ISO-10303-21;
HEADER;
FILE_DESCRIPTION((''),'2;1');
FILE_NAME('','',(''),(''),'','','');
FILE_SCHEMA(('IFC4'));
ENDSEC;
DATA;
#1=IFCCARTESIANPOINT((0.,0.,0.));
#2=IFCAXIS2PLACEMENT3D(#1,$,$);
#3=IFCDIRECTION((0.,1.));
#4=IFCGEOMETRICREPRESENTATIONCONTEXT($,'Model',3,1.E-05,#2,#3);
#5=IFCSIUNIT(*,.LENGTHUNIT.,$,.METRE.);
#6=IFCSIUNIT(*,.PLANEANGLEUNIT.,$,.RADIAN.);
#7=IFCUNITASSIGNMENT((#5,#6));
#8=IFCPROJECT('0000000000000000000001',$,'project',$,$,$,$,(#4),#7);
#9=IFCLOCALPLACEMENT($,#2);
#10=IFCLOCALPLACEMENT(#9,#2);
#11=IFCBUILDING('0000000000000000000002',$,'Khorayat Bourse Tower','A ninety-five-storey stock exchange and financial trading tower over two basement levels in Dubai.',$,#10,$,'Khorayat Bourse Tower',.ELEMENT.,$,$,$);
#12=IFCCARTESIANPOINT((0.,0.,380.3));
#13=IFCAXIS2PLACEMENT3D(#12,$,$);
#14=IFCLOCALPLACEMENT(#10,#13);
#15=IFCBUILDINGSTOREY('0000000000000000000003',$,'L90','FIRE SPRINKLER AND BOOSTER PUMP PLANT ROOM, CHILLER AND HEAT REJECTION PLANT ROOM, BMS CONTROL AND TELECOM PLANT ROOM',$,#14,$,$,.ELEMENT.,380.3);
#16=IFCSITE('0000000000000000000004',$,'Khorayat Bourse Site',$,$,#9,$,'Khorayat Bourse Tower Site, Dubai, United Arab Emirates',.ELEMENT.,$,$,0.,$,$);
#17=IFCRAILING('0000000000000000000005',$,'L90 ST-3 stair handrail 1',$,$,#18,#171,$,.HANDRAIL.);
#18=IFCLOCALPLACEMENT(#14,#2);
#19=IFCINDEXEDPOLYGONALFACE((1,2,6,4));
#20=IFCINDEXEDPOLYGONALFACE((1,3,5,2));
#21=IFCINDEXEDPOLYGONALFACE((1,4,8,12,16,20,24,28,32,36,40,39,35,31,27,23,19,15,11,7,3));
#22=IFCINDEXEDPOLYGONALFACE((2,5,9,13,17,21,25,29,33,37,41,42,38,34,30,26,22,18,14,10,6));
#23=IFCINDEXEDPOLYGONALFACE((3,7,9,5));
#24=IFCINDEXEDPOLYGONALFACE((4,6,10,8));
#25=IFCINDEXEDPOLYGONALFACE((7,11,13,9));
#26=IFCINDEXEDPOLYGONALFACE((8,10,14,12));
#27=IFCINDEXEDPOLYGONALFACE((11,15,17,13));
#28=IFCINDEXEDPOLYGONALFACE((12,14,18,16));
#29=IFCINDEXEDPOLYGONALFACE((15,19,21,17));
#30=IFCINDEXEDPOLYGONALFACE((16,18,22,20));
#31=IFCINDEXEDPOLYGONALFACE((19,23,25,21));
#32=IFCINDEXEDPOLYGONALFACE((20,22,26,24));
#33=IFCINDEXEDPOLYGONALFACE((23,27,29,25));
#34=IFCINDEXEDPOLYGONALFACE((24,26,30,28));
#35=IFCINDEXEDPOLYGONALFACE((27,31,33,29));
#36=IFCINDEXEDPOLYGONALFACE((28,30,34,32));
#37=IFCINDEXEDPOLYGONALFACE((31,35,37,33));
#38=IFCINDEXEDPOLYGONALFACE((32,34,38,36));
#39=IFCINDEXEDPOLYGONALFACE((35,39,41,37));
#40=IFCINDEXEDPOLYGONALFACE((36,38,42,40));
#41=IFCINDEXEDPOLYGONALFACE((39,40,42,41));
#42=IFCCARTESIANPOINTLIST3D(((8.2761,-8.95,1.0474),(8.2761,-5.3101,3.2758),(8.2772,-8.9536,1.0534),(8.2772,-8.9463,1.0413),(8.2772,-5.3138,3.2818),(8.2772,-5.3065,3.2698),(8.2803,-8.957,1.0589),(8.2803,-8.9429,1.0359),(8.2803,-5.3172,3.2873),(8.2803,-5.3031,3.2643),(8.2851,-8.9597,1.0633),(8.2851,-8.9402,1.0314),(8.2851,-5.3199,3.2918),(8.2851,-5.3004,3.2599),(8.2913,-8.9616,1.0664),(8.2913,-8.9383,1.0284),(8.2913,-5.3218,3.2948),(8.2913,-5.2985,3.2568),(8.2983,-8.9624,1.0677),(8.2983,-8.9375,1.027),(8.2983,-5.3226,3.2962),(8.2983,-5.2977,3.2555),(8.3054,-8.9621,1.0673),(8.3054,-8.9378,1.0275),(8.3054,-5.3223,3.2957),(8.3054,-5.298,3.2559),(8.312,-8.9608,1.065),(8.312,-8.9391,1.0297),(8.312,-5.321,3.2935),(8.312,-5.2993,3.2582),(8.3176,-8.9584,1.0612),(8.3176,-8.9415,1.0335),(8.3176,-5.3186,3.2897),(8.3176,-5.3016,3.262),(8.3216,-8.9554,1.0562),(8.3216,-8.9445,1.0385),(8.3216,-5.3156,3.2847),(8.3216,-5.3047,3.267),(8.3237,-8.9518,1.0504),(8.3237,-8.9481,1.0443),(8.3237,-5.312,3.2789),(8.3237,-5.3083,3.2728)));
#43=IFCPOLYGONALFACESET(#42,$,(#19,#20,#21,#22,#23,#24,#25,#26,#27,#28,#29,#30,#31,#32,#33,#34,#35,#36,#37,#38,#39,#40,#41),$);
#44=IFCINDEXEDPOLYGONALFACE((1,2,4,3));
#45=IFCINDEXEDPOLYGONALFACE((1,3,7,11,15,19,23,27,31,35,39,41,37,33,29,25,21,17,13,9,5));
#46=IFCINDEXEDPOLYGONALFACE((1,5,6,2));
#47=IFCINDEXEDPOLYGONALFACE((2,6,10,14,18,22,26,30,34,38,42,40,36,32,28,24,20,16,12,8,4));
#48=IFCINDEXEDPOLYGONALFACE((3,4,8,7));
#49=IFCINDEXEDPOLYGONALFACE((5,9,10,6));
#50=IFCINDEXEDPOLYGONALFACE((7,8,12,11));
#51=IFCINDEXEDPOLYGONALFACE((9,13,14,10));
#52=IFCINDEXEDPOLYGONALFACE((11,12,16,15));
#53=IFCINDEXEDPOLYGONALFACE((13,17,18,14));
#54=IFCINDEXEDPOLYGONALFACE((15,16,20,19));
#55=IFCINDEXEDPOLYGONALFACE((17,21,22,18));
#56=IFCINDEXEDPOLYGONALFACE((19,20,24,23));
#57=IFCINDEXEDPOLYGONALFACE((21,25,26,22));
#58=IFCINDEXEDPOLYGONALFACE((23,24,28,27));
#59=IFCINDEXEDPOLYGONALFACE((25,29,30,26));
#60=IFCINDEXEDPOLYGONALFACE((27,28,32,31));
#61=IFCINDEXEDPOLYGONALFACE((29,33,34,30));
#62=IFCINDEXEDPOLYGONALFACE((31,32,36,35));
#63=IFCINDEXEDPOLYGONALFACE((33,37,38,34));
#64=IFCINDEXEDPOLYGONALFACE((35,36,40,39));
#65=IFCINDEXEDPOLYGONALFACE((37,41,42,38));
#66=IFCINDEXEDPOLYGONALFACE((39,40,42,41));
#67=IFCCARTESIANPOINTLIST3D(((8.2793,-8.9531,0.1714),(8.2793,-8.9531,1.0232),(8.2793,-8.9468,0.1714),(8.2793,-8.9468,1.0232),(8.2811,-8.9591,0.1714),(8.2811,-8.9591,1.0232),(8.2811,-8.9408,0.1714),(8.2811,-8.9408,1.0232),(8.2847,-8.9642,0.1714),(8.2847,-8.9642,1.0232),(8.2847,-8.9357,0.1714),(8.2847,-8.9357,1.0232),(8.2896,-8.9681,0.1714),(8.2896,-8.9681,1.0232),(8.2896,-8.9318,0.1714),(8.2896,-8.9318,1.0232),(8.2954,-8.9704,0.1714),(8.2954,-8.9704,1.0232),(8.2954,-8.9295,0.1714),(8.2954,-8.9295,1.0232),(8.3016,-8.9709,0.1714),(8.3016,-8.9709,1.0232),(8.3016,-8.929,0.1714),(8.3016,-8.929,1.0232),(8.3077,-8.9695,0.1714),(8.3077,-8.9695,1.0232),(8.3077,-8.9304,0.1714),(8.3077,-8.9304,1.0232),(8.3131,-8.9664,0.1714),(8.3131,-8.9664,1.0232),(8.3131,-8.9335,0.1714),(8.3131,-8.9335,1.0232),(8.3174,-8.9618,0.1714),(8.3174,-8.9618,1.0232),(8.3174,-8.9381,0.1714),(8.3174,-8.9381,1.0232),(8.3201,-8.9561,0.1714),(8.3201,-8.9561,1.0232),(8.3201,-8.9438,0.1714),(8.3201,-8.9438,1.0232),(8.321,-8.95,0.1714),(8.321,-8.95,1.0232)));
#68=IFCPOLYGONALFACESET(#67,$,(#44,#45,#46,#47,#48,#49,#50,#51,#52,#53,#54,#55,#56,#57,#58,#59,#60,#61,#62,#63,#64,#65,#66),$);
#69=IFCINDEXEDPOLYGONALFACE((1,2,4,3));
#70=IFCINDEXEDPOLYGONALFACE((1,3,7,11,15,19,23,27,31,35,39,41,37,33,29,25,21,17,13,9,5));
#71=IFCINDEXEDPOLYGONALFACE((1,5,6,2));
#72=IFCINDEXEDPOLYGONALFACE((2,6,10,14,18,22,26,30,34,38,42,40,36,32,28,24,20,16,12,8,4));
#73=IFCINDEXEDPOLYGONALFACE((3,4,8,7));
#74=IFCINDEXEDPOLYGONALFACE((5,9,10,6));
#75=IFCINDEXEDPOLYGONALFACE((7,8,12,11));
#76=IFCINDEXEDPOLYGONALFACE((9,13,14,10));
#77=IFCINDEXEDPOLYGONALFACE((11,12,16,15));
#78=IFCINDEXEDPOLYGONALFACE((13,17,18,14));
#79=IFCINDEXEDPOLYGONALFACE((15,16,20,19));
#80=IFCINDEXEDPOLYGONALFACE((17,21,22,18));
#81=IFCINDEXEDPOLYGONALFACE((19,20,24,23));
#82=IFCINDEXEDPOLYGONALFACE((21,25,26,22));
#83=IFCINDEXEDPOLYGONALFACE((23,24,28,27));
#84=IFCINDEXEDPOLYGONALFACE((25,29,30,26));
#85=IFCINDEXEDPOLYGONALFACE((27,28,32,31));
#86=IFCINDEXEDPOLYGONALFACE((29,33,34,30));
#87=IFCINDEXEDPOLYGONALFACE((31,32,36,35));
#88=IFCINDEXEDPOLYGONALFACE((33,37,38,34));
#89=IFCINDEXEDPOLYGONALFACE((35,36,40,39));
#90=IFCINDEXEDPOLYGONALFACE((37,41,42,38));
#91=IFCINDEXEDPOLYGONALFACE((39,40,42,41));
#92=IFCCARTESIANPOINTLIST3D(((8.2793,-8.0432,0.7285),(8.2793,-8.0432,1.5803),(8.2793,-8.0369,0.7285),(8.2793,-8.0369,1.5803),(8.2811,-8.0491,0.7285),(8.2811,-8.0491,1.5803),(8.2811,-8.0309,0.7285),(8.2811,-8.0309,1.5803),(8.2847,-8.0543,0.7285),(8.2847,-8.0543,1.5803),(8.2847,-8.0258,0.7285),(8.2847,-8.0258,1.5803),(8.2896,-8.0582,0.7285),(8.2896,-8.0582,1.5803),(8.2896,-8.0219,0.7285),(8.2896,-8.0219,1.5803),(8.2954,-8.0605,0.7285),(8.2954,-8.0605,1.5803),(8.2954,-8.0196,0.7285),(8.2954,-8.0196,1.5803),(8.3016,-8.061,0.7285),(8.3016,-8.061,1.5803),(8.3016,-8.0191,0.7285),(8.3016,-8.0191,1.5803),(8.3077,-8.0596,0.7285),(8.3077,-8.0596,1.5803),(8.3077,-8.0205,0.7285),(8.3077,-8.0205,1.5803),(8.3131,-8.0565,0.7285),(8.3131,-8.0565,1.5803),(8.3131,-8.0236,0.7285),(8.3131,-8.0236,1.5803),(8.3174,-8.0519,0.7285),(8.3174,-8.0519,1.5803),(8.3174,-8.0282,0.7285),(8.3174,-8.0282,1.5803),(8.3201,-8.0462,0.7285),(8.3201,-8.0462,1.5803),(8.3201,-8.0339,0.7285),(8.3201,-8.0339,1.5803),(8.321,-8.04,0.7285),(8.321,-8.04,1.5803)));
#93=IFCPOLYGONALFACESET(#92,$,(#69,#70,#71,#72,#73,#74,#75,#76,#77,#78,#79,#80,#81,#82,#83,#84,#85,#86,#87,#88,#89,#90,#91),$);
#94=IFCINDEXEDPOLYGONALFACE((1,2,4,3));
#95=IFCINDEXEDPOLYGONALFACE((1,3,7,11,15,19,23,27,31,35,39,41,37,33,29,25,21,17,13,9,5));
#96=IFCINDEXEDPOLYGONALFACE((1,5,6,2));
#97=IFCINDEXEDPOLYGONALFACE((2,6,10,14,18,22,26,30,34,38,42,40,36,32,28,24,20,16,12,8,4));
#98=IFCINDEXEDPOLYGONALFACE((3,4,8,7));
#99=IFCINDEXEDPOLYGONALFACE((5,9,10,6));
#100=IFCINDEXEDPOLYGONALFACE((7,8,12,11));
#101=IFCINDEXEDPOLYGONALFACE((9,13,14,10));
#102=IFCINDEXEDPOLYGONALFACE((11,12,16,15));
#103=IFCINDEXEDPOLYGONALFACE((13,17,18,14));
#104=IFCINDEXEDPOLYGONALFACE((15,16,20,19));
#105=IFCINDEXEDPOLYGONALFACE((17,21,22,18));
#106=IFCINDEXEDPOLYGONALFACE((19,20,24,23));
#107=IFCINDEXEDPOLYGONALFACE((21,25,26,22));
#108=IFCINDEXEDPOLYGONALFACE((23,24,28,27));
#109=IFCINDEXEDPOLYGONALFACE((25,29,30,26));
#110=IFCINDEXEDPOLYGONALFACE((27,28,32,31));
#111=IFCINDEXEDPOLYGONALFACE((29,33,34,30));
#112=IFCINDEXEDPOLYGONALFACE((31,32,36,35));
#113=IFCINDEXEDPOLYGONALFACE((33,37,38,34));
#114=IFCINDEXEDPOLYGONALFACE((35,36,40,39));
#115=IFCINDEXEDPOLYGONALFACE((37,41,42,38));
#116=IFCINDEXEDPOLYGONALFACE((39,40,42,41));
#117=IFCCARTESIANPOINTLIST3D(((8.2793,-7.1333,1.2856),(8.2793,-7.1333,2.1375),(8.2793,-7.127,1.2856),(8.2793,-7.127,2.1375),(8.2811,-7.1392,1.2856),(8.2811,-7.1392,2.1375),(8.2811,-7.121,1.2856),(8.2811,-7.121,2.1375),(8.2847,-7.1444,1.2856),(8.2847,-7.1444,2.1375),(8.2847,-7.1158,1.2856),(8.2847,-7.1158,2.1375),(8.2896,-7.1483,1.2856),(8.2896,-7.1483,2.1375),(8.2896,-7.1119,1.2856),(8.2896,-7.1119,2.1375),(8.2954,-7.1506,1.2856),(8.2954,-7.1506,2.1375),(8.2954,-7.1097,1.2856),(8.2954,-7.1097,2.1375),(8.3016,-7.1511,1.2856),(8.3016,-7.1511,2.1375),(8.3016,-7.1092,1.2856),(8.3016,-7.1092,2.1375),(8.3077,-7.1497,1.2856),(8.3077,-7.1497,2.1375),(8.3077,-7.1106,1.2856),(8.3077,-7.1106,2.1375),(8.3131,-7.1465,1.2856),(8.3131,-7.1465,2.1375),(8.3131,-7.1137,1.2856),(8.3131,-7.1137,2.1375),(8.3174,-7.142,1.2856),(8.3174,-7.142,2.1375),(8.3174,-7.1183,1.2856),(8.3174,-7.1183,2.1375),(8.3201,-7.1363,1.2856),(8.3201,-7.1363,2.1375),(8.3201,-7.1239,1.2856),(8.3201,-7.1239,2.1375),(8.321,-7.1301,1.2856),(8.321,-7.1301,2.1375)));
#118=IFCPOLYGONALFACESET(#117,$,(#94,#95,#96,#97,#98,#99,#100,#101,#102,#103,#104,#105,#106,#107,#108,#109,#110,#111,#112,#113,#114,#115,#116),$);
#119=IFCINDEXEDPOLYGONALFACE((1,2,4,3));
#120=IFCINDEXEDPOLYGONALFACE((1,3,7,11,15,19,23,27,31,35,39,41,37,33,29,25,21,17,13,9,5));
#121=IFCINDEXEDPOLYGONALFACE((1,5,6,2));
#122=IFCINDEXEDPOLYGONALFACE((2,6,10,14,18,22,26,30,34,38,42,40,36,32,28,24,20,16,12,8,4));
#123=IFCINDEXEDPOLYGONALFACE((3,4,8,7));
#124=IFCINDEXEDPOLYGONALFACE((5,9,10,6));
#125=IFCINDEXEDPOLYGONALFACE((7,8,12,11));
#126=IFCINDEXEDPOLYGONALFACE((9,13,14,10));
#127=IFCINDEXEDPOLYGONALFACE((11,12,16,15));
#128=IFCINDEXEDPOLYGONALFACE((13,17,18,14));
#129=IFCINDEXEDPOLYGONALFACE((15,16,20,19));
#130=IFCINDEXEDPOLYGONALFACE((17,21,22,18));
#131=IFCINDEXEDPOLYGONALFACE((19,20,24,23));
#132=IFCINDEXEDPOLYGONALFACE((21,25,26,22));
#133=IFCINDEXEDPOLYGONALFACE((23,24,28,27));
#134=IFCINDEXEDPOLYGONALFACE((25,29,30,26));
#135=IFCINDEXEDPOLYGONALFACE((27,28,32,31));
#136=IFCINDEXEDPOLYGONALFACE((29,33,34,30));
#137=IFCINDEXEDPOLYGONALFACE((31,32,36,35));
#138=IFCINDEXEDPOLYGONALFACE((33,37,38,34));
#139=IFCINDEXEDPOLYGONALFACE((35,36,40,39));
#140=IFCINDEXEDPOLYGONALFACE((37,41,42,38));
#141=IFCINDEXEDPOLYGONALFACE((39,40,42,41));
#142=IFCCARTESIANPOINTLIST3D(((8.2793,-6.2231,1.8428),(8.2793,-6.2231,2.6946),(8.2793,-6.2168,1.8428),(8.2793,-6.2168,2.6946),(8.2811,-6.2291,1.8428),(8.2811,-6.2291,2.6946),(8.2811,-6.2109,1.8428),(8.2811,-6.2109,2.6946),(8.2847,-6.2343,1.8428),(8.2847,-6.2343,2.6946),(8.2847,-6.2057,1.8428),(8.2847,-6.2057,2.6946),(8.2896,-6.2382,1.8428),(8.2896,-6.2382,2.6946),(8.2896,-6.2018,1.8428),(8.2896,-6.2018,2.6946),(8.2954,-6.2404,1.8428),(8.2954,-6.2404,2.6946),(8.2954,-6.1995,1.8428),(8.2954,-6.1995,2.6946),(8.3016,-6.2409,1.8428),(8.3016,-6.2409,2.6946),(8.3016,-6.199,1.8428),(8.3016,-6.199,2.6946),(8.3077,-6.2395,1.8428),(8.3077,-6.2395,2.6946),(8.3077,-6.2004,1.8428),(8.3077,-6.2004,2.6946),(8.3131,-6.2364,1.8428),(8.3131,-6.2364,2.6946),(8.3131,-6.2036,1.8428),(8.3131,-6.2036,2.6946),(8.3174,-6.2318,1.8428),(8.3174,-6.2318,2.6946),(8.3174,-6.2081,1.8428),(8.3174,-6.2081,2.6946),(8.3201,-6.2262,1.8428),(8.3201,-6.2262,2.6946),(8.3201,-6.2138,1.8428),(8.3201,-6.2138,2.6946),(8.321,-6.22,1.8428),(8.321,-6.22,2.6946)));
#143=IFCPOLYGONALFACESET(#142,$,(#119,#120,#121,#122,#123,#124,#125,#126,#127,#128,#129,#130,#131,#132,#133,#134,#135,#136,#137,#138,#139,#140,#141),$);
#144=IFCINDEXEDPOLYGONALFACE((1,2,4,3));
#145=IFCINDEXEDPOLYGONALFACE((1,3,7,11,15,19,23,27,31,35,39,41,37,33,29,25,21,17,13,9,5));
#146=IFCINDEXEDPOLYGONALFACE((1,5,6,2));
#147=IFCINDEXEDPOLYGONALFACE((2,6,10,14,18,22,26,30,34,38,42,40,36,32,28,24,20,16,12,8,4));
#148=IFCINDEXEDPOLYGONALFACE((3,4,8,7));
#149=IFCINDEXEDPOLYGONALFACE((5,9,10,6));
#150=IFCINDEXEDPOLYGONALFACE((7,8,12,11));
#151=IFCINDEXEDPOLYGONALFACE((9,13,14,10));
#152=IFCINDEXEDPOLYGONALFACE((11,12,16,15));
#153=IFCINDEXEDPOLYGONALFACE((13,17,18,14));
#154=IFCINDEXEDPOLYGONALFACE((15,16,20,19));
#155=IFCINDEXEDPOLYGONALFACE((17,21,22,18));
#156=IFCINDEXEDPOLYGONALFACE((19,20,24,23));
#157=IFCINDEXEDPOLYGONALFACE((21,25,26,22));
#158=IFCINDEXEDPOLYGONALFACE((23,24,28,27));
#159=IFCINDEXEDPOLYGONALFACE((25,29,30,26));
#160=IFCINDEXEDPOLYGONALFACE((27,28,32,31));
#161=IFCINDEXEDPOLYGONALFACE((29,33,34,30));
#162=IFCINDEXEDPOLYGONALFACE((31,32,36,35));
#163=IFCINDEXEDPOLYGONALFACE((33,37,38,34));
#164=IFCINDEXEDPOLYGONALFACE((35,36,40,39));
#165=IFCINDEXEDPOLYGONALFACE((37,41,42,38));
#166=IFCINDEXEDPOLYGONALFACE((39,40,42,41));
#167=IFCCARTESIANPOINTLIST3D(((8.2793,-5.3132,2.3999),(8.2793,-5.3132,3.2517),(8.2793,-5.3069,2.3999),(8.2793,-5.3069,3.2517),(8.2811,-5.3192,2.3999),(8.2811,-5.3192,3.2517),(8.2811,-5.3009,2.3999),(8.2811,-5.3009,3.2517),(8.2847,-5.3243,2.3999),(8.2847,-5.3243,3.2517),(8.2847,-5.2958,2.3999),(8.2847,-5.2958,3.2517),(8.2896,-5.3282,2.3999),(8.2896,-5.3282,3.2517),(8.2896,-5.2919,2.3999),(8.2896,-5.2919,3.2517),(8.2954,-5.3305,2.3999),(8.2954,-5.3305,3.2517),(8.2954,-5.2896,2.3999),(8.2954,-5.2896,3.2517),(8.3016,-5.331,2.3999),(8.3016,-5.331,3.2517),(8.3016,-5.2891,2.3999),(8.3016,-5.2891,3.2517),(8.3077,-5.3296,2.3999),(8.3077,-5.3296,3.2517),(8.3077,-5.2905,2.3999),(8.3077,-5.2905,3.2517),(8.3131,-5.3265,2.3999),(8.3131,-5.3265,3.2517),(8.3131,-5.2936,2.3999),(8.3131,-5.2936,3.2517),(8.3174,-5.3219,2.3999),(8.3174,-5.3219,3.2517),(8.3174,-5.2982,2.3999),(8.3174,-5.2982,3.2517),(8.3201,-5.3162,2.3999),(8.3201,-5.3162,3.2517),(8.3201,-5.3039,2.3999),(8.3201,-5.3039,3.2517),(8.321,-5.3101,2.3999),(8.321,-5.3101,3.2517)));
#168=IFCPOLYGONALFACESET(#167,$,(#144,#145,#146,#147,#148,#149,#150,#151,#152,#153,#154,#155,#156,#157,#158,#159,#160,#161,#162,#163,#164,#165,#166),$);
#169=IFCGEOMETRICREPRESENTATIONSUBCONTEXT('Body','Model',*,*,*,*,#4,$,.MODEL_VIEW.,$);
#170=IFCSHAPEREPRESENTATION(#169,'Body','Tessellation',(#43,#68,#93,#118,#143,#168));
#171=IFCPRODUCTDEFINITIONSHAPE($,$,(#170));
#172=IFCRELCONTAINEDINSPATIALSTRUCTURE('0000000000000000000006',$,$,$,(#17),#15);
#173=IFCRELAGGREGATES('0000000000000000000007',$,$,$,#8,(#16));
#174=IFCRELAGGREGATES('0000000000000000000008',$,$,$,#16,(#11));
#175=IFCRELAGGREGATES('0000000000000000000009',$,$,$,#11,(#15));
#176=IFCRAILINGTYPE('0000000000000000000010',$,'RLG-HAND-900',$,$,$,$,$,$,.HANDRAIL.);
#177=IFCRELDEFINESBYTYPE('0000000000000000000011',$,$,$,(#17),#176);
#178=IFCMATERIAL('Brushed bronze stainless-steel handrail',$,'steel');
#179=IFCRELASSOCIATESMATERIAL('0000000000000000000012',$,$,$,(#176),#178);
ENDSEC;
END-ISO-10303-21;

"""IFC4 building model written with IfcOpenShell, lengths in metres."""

from ifc_helpers import new_model, si_unit, direction, frame, origin, origin_2d, place, context, subcontext, project, spatial, circle, extrude, source, transform, mapped, material, type_object, element, save


model = new_model("IFC4")

# Units and contexts
model_context = context("Model", 3, precision=1e-05, world=origin(), true_north=direction((0.0, 1.0)))
body_context = subcontext(model_context, "Body", "Model", "MODEL_VIEW")
ifc_project = project(units=[si_unit("LENGTHUNIT", "METRE"), si_unit("PLANEANGLEUNIT", "RADIAN")], contexts=[model_context])

# Site, building, storey
site_placement = place(None, origin())
site = spatial("IfcSite", under=ifc_project, at=site_placement, Name="Khorayat Bourse Site", LongName="Khorayat Bourse Tower Site, Dubai, United Arab Emirates", CompositionType="ELEMENT", RefElevation=0.0)
building_placement = place(site_placement, origin())
building = spatial("IfcBuilding", under=site, at=building_placement, Name="Khorayat Bourse Tower", Description="A ninety-five-storey stock exchange and financial trading tower over two basement levels in Dubai.", LongName="Khorayat Bourse Tower", CompositionType="ELEMENT")
storey_placement = place(building_placement, frame((0.0, 0.0, 380.3)))
storey = spatial("IfcBuildingStorey", under=building, at=storey_placement, Name="L90", Description="FIRE SPRINKLER AND BOOSTER PUMP PLANT ROOM, CHILLER AND HEAT REJECTION PLANT ROOM, BMS CONTROL AND TELECOM PLANT ROOM", CompositionType="ELEMENT", Elevation=380.3)

# Railing
ifc_material_1 = material(Name="Brushed bronze stainless-steel handrail", Category="steel")
railing_type_1 = type_object("IfcRailingType", Name="RLG-HAND-900", PredefinedType="HANDRAIL", material=ifc_material_1)
shared_shape_1 = source(origin(), body_context, "Body", "SweptSolid", [
    extrude(circle(Radius=0.0239, at=origin_2d()), frame((0.0, 0.0, 0.876), z_axis=(0.0, 0.85285, 0.522156), x_axis=(-1.0, 0.0, 0.0)), (0.0, 0.0, 1.0), 4.2678),
    extrude(circle(Radius=0.021, at=origin_2d()), origin(), (0.0, 0.0, 1.0), 0.8518),
    extrude(circle(Radius=0.021, at=origin_2d()), frame((0.0, 0.9099, 0.5571)), (0.0, 0.0, 1.0), 0.8518),
    extrude(circle(Radius=0.021, at=origin_2d()), frame((0.0, 1.8198, 1.1143)), (0.0, 0.0, 1.0), 0.8518),
    extrude(circle(Radius=0.021, at=origin_2d()), frame((0.0, 2.73, 1.6714)), (0.0, 0.0, 1.0), 0.8518),
    extrude(circle(Radius=0.021, at=origin_2d()), frame((0.0, 3.6399, 2.2285)), (0.0, 0.0, 1.0), 0.8518),
])
railing_1_placement = place(storey_placement, frame((8.3, -8.95, 0.1714)))
element("IfcRailing", 1, at=railing_1_placement, inside=storey, type_object=railing_type_1, Name="L90 ST-3 stair handrail 1", PredefinedType="HANDRAIL", context=body_context, shape_type="MappedRepresentation", body=[
    mapped(shared_shape_1, transform((0.0, 0.0, 0.0), scale=1.0)),
])

save(model, "model.ifc")
